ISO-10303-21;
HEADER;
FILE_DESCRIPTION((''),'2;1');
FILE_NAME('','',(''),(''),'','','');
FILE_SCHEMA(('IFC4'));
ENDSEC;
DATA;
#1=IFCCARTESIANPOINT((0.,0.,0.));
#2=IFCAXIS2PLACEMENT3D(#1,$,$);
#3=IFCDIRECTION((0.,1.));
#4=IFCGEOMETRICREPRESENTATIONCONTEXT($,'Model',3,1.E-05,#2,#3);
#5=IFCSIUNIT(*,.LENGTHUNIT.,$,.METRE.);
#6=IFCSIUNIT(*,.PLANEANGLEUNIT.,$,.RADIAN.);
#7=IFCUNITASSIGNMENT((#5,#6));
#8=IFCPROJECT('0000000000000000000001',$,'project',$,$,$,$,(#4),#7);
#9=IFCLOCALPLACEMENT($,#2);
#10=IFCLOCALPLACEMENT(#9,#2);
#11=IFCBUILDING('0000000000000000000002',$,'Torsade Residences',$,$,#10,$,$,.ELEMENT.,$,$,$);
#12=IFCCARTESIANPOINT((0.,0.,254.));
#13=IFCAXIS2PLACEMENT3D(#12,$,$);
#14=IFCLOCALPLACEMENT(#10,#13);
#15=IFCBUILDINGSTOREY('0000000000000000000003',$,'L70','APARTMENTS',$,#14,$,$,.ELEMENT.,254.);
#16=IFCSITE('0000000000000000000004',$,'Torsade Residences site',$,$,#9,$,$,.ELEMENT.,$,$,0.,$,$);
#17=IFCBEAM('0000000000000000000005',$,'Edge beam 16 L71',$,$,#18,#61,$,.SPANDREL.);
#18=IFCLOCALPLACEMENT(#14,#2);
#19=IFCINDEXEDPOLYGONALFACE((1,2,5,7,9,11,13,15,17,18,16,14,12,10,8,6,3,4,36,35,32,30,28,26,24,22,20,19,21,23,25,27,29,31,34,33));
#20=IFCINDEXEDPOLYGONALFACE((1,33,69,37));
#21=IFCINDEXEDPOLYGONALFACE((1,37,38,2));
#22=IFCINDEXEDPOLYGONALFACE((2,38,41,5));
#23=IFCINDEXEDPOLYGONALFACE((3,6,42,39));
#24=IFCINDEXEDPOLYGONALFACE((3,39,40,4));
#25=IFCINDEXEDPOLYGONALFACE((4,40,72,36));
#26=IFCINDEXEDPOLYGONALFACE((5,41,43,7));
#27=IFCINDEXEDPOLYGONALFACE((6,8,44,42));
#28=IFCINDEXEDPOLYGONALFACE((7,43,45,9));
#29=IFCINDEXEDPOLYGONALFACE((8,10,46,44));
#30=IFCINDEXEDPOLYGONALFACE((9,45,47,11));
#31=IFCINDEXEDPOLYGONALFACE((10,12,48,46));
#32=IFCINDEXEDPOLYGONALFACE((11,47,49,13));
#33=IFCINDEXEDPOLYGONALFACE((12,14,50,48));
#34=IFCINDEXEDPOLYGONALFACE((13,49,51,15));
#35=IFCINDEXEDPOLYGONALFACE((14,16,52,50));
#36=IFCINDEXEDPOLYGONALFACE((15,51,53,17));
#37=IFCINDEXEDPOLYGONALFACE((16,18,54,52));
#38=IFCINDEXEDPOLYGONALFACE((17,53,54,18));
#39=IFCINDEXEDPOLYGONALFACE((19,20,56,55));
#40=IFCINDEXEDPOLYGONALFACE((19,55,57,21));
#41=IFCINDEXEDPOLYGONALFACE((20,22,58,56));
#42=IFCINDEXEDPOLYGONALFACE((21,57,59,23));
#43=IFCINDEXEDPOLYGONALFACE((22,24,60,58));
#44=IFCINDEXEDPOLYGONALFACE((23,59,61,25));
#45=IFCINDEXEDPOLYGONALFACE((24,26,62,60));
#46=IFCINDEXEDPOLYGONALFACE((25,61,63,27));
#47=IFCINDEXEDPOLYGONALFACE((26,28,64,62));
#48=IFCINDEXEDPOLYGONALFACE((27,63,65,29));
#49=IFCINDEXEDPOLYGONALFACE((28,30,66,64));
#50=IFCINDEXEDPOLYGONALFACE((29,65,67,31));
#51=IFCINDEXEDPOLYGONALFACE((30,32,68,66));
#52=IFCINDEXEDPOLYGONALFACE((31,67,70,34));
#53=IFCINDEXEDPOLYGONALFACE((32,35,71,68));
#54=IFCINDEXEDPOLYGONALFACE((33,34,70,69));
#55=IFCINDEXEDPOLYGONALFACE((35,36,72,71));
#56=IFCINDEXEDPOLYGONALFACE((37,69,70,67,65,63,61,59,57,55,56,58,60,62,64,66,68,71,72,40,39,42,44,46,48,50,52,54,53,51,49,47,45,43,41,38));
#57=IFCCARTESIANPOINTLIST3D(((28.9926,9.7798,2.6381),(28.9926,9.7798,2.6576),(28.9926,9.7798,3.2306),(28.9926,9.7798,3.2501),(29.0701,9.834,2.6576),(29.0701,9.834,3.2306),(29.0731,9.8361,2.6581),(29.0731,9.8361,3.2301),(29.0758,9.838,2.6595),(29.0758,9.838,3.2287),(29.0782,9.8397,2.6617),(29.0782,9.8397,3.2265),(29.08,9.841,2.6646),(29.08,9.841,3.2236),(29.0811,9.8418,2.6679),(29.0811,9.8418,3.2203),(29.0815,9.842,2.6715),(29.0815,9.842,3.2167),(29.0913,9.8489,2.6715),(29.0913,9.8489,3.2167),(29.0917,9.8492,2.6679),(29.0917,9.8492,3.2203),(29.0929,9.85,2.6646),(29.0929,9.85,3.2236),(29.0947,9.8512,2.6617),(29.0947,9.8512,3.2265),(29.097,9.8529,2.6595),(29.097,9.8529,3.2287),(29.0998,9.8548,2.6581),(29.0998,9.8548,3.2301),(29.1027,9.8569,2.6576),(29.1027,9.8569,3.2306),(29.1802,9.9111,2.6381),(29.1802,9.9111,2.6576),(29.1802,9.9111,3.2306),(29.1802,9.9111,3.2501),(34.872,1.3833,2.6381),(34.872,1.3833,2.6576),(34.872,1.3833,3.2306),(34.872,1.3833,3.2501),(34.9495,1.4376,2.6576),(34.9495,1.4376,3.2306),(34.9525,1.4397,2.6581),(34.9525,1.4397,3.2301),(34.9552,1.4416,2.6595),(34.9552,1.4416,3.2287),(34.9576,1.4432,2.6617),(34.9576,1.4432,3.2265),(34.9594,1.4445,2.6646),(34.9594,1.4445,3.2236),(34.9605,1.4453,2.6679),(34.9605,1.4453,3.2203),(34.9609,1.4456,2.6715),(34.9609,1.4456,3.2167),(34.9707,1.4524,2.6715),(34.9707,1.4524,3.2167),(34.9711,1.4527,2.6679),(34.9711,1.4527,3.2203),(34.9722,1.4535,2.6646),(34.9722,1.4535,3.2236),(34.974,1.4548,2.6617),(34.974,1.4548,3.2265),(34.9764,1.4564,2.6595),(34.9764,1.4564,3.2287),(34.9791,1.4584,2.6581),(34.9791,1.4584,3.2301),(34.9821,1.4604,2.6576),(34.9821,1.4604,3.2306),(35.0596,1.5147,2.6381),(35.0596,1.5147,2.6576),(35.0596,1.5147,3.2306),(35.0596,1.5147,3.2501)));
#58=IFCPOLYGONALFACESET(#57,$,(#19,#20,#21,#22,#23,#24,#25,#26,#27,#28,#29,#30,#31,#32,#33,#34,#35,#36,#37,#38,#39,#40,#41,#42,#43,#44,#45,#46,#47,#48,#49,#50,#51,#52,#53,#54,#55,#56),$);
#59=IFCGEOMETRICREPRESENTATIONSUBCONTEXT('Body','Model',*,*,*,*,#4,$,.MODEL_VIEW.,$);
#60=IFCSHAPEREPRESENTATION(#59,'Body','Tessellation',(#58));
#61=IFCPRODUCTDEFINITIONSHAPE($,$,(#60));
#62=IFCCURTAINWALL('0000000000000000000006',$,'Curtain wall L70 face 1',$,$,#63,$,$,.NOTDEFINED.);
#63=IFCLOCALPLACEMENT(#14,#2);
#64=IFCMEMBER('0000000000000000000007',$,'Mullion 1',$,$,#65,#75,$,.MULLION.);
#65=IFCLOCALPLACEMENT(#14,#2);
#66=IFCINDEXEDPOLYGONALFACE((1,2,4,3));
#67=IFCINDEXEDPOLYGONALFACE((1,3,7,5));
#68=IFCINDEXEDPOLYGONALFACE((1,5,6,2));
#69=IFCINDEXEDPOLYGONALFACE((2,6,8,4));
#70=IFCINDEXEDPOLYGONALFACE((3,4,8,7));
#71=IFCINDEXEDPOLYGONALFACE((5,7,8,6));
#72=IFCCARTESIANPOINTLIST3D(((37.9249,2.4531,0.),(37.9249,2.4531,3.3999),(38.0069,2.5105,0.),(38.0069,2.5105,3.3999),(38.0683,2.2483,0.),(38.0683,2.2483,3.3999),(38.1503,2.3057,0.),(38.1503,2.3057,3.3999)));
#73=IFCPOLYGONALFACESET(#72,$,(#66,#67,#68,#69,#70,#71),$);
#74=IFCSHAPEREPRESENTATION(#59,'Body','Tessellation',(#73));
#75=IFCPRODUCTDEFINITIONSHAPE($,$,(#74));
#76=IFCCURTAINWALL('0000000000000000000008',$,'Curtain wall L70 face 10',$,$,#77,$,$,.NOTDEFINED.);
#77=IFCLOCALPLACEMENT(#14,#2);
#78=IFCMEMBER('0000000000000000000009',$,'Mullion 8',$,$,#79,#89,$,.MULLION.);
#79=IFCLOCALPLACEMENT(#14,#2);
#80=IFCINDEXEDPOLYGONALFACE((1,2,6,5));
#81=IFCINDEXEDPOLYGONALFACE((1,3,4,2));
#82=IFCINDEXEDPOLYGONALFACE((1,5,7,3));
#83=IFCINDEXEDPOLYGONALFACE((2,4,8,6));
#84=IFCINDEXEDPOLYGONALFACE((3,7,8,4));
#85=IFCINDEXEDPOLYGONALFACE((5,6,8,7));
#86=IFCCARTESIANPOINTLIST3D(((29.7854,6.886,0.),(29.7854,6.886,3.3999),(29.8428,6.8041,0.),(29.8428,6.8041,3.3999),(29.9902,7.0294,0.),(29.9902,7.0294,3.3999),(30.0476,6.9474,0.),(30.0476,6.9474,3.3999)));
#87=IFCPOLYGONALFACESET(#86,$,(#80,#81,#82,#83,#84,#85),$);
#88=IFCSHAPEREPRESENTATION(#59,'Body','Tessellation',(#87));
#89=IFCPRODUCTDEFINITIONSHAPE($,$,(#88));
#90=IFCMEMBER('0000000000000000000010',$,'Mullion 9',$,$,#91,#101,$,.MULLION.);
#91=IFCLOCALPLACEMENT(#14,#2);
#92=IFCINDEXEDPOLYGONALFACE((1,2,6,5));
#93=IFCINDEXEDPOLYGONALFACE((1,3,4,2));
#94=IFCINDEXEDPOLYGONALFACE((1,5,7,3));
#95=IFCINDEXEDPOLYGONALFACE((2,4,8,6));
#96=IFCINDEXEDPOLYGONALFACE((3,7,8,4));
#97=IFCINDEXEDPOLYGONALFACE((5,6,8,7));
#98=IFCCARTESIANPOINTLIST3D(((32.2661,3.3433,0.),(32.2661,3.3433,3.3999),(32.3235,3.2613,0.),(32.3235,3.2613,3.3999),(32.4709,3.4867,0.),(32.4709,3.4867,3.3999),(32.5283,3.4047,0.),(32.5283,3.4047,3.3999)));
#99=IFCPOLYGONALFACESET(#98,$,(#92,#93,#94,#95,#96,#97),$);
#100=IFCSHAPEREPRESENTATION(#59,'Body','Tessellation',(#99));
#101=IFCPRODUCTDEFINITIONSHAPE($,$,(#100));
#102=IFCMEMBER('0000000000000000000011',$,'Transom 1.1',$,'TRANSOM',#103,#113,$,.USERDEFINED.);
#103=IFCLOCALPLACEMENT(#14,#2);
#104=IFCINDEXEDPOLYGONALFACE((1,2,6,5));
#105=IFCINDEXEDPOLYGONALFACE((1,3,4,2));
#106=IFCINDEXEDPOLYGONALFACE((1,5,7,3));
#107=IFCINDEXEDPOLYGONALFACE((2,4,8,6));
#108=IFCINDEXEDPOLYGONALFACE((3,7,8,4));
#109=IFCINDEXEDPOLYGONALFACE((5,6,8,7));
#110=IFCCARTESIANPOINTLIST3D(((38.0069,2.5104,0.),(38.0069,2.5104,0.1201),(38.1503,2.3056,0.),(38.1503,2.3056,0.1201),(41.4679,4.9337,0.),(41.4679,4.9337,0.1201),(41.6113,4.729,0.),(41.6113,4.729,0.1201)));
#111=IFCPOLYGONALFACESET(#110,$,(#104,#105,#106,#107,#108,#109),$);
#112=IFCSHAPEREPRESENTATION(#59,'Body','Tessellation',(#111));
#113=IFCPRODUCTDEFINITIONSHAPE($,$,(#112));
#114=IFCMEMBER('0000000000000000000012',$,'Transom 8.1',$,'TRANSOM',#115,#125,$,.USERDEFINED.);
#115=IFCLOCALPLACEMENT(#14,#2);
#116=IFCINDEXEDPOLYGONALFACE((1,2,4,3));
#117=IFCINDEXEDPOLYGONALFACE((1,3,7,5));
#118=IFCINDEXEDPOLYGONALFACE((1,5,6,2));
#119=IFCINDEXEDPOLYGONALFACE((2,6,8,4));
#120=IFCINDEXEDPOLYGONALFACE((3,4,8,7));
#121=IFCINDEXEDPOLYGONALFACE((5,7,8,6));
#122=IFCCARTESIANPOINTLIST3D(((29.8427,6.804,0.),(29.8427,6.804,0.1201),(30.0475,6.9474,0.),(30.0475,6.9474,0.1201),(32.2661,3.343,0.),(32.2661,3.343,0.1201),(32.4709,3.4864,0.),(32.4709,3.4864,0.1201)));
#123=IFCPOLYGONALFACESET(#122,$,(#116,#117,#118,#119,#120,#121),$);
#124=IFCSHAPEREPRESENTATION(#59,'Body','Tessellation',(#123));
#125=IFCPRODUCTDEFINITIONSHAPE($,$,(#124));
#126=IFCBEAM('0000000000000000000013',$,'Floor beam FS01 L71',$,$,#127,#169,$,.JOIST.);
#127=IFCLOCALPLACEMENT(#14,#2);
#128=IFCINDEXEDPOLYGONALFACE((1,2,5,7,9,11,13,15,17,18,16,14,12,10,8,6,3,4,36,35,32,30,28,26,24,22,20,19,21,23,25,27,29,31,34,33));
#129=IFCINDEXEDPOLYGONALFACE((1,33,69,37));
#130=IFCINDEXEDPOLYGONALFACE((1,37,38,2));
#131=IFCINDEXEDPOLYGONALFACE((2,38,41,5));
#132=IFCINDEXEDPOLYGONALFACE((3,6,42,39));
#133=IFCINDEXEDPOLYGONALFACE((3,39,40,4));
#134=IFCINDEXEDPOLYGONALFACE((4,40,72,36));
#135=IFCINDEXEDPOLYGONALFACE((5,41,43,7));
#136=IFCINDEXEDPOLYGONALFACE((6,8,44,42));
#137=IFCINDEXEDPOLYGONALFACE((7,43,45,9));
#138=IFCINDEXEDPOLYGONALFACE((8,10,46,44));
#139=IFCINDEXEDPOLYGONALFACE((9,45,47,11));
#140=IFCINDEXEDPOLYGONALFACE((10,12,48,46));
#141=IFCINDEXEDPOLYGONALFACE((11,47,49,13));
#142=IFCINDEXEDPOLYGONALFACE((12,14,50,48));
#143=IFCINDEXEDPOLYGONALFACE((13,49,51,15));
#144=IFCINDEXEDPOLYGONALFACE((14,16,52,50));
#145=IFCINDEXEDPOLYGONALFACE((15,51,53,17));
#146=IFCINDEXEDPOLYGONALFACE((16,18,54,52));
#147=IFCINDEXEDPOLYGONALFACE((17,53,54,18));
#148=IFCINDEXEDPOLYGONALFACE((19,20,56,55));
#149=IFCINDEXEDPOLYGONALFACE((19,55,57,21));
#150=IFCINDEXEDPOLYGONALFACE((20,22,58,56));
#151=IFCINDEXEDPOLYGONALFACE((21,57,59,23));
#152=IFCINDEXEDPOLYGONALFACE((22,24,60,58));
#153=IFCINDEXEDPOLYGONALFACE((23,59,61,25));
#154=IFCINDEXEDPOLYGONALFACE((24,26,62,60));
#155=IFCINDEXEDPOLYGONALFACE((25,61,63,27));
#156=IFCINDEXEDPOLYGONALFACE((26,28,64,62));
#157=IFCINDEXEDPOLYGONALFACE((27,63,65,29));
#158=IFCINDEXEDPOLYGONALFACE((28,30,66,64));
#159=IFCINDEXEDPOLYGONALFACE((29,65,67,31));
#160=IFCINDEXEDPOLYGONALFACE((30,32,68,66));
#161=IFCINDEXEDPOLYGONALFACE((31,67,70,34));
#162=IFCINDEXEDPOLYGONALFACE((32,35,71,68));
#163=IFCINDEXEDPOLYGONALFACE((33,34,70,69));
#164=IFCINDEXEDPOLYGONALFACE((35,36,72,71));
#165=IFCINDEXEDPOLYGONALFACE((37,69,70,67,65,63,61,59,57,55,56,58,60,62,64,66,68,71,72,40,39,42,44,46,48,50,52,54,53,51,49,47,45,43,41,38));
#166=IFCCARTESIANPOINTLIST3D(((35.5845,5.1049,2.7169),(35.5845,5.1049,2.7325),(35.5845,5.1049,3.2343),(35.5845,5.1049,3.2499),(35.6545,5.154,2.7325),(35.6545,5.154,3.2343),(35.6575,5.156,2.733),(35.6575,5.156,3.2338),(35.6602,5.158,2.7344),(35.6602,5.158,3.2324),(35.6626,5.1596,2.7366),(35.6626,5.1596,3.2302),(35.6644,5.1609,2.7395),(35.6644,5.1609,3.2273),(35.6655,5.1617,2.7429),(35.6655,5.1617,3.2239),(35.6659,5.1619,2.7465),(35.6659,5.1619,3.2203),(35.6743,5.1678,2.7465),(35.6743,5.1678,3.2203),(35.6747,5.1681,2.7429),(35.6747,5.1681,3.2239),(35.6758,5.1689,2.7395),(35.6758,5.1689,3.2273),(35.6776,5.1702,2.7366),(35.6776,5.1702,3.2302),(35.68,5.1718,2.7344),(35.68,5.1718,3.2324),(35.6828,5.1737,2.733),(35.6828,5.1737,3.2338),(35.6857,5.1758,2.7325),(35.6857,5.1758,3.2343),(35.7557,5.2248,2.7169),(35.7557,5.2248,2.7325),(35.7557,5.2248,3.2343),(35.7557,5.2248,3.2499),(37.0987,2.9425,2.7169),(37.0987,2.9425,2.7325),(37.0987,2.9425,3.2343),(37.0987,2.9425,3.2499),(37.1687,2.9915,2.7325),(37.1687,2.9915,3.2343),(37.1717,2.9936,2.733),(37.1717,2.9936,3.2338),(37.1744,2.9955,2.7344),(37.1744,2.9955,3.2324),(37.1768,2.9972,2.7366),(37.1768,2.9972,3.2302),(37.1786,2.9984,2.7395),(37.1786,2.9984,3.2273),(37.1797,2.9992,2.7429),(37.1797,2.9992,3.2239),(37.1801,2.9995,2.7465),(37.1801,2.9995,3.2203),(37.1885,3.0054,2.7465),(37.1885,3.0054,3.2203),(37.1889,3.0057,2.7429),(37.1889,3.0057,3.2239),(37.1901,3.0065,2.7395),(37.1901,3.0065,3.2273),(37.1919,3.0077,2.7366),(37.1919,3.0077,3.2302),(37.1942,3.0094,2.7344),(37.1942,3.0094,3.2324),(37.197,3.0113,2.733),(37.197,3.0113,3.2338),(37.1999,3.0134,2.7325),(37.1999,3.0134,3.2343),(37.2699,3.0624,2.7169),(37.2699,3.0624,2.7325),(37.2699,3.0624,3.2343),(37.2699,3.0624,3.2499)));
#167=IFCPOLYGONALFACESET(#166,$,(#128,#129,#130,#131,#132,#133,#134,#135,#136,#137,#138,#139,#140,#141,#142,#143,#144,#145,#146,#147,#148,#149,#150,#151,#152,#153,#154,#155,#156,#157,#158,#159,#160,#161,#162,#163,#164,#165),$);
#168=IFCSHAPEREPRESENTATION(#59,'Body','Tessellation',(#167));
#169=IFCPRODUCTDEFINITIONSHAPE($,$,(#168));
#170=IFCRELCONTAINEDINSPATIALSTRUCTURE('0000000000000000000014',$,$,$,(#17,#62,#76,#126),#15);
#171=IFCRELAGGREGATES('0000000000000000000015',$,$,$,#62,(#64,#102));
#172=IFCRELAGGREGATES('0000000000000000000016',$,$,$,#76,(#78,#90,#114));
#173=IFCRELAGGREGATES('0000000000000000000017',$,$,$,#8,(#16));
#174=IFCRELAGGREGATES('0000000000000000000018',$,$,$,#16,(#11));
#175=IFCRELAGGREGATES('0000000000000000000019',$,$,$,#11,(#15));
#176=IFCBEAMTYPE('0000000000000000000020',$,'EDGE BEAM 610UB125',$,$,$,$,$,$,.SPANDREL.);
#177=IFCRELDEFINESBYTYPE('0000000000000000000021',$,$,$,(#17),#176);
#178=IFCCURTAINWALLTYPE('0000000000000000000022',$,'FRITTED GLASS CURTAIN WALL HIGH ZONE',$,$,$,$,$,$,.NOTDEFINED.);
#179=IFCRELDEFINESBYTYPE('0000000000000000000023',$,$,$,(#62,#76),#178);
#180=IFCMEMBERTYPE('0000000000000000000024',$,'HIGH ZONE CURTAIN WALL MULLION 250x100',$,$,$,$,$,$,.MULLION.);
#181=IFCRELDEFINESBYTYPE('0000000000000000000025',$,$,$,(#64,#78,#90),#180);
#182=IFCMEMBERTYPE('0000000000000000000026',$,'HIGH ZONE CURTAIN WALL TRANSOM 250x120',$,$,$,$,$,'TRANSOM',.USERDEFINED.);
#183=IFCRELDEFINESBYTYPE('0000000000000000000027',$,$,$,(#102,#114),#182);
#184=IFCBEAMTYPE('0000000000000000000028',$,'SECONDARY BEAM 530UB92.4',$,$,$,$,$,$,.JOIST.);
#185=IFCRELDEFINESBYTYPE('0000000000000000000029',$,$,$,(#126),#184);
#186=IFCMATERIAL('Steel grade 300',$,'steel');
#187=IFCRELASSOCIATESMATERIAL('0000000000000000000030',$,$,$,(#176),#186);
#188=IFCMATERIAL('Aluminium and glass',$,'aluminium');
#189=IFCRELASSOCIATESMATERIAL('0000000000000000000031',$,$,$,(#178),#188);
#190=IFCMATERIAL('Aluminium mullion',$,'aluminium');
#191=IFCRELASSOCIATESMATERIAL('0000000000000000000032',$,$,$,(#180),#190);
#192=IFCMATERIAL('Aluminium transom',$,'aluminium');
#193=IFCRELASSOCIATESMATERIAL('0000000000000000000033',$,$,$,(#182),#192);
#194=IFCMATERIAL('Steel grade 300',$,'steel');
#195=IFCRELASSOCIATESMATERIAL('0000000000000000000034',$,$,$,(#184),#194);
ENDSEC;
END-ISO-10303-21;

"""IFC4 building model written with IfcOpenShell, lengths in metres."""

from ifc_helpers import new_model, si_unit, direction, frame, origin, origin_2d, place, context, subcontext, project, spatial, rectangle, i_section, extrude, material, material_profile, profile_set, type_object, element, aggregate, save


model = new_model("IFC4")

# Units and contexts
model_context = context("Model", 3, precision=1e-05, world=origin(), true_north=direction((0.0, 1.0)))
body_context = subcontext(model_context, "Body", "Model", "MODEL_VIEW")
ifc_project = project(units=[si_unit("LENGTHUNIT", "METRE"), si_unit("PLANEANGLEUNIT", "RADIAN")], contexts=[model_context])

# Site, building, storey
site_placement = place(None, origin())
site = spatial("IfcSite", under=ifc_project, at=site_placement, Name="Torsade Residences site", CompositionType="ELEMENT", RefElevation=0.0)
building_placement = place(site_placement, origin())
building = spatial("IfcBuilding", under=site, at=building_placement, Name="Torsade Residences", CompositionType="ELEMENT")
storey_placement = place(building_placement, frame((0.0, 0.0, 254.0)))
storey = spatial("IfcBuildingStorey", under=building, at=storey_placement, Name="L70", Description="APARTMENTS", CompositionType="ELEMENT", Elevation=254.0)

# Beam
ifc_material_1 = material(Name="Steel grade 300", Category="steel")
ifc_material_profile_1 = material_profile(ifc_material_1, i_section(OverallWidth=0.229, OverallDepth=0.6121, WebThickness=0.012, FlangeThickness=0.0195, FilletRadius=0.0139, at=origin_2d()), Name="610UB125")
ifc_profile_set_1 = profile_set([ifc_material_profile_1], Name="Steel grade 300")
beam_type_1 = type_object("IfcBeamType", Name="EDGE BEAM 610UB125", PredefinedType="SPANDREL", material=ifc_profile_set_1)
beam_1_placement = place(storey_placement, frame((29.0864, 9.8455, 2.9441), z_axis=(0.573584, -0.819147, 0.0), x_axis=(0.819147, 0.573584, 0.0)))
element("IfcBeam", 1, at=beam_1_placement, inside=storey, type_object=beam_type_1, Name="Edge beam 16 L71", PredefinedType="SPANDREL", context=body_context, shape_type="SweptSolid", body=[
    extrude(i_section(OverallWidth=0.229, OverallDepth=0.6121, WebThickness=0.012, FlangeThickness=0.0195, FilletRadius=0.0139, at=origin_2d()), origin(), (0.0, 0.0, 1.0), 10.2502),
])

# Curtain wall, member
ifc_material_2 = material(Name="Aluminium and glass", Category="aluminium")
curtain_wall_type = type_object("IfcCurtainWallType", Name="FRITTED GLASS CURTAIN WALL HIGH ZONE", PredefinedType="NOTDEFINED", material=ifc_material_2)
curtain_wall_1_placement = place(storey_placement, origin())
curtain_wall_1 = element("IfcCurtainWall", 2, at=curtain_wall_1_placement, inside=storey, type_object=curtain_wall_type, Name="Curtain wall L70 face 1", PredefinedType="NOTDEFINED")
ifc_material_3 = material(Name="Aluminium mullion", Category="aluminium")
ifc_material_profile_2 = material_profile(ifc_material_3, rectangle(XDim=0.25, YDim=0.1001, at=origin_2d()), Name="HIGH ZONE CURTAIN WALL MULLION 250x100")
ifc_profile_set_2 = profile_set([ifc_material_profile_2], Name="Aluminium mullion")
member_type_1 = type_object("IfcMemberType", Name="HIGH ZONE CURTAIN WALL MULLION 250x100", PredefinedType="MULLION", material=ifc_profile_set_2)
member_1_placement = place(storey_placement, frame((38.0376, 2.3794, 0.0), z_axis=(0.0, 0.0, 1.0), x_axis=(-0.573576, 0.819152, 0.0)))
member_1 = element("IfcMember", 3, at=member_1_placement, type_object=member_type_1, Name="Mullion 1", PredefinedType="MULLION", context=body_context, shape_type="SweptSolid", body=[
    extrude(rectangle(XDim=0.25, YDim=0.1001, at=origin_2d()), origin(), (0.0, 0.0, 1.0), 3.3999),
])

# Curtain wall, members
curtain_wall_2_placement = place(storey_placement, origin())
curtain_wall_2 = element("IfcCurtainWall", 4, at=curtain_wall_2_placement, inside=storey, type_object=curtain_wall_type, Name="Curtain wall L70 face 10", PredefinedType="NOTDEFINED")
member_2_placement = place(storey_placement, frame((29.9165, 6.9167, 0.0), z_axis=(0.0, 0.0, 1.0), x_axis=(0.819152, 0.573576, 0.0)))
member_2 = element("IfcMember", 5, at=member_2_placement, type_object=member_type_1, Name="Mullion 8", PredefinedType="MULLION", context=body_context, shape_type="SweptSolid", body=[
    extrude(rectangle(XDim=0.25, YDim=0.1001, at=origin_2d()), origin(), (0.0, 0.0, 1.0), 3.3999),
])
member_3_placement = place(storey_placement, frame((32.3972, 3.374, 0.0), z_axis=(0.0, 0.0, 1.0), x_axis=(0.819152, 0.573576, 0.0)))
member_3 = element("IfcMember", 6, at=member_3_placement, type_object=member_type_1, Name="Mullion 9", PredefinedType="MULLION", context=body_context, shape_type="SweptSolid", body=[
    extrude(rectangle(XDim=0.25, YDim=0.1001, at=origin_2d()), origin(), (0.0, 0.0, 1.0), 3.3999),
])

# Members
ifc_material_4 = material(Name="Aluminium transom", Category="aluminium")
ifc_material_profile_3 = material_profile(ifc_material_4, rectangle(XDim=0.25, YDim=0.1201, at=origin_2d()), Name="HIGH ZONE CURTAIN WALL TRANSOM 250x120")
ifc_profile_set_3 = profile_set([ifc_material_profile_3], Name="Aluminium transom")
member_type_2 = type_object("IfcMemberType", Name="HIGH ZONE CURTAIN WALL TRANSOM 250x120", ElementType="TRANSOM", PredefinedType="USERDEFINED", material=ifc_profile_set_3)
member_4_placement = place(storey_placement, frame((38.0786, 2.408, 0.0601), z_axis=(0.819156, 0.573571, 0.0), x_axis=(-0.573571, 0.819156, 0.0)))
member_4 = element("IfcMember", 7, at=member_4_placement, type_object=member_type_2, Name="Transom 1.1", ObjectType="TRANSOM", PredefinedType="USERDEFINED", context=body_context, shape_type="SweptSolid", body=[
    extrude(rectangle(XDim=0.25, YDim=0.1201, at=origin_2d()), origin(), (0.0, 0.0, 1.0), 4.2251),
])
member_5_placement = place(storey_placement, frame((29.9451, 6.8757, 0.0601), z_axis=(0.573571, -0.819156, 0.0), x_axis=(0.819156, 0.573571, 0.0)))
member_5 = element("IfcMember", 8, at=member_5_placement, type_object=member_type_2, Name="Transom 8.1", ObjectType="TRANSOM", PredefinedType="USERDEFINED", context=body_context, shape_type="SweptSolid", body=[
    extrude(rectangle(XDim=0.25, YDim=0.1201, at=origin_2d()), origin(), (0.0, 0.0, 1.0), 4.2251),
])

# Beam
ifc_material_5 = material(Name="Steel grade 300", Category="steel")
ifc_material_profile_4 = material_profile(ifc_material_5, i_section(OverallWidth=0.209, OverallDepth=0.533, WebThickness=0.0103, FlangeThickness=0.0156, FilletRadius=0.0139, at=origin_2d()), Name="530UB92.4")
ifc_profile_set_4 = profile_set([ifc_material_profile_4], Name="Steel grade 300")
beam_type_2 = type_object("IfcBeamType", Name="SECONDARY BEAM 530UB92.4", PredefinedType="JOIST", material=ifc_profile_set_4)
beam_2_placement = place(storey_placement, frame((37.1843, 3.0024, 2.9834), z_axis=(-0.573593, 0.819141, 0.0), x_axis=(-0.819141, -0.573593, 0.0)))
element("IfcBeam", 9, at=beam_2_placement, inside=storey, type_object=beam_type_2, Name="Floor beam FS01 L71", PredefinedType="JOIST", context=body_context, shape_type="SweptSolid", body=[
    extrude(i_section(OverallWidth=0.209, OverallDepth=0.533, WebThickness=0.0103, FlangeThickness=0.0156, FilletRadius=0.0139, at=origin_2d()), origin(), (0.0, 0.0, 1.0), 2.6399),
])

aggregate(curtain_wall_1, [member_1, member_4])
aggregate(curtain_wall_2, [member_2, member_3, member_5])

save(model, "model.ifc")
